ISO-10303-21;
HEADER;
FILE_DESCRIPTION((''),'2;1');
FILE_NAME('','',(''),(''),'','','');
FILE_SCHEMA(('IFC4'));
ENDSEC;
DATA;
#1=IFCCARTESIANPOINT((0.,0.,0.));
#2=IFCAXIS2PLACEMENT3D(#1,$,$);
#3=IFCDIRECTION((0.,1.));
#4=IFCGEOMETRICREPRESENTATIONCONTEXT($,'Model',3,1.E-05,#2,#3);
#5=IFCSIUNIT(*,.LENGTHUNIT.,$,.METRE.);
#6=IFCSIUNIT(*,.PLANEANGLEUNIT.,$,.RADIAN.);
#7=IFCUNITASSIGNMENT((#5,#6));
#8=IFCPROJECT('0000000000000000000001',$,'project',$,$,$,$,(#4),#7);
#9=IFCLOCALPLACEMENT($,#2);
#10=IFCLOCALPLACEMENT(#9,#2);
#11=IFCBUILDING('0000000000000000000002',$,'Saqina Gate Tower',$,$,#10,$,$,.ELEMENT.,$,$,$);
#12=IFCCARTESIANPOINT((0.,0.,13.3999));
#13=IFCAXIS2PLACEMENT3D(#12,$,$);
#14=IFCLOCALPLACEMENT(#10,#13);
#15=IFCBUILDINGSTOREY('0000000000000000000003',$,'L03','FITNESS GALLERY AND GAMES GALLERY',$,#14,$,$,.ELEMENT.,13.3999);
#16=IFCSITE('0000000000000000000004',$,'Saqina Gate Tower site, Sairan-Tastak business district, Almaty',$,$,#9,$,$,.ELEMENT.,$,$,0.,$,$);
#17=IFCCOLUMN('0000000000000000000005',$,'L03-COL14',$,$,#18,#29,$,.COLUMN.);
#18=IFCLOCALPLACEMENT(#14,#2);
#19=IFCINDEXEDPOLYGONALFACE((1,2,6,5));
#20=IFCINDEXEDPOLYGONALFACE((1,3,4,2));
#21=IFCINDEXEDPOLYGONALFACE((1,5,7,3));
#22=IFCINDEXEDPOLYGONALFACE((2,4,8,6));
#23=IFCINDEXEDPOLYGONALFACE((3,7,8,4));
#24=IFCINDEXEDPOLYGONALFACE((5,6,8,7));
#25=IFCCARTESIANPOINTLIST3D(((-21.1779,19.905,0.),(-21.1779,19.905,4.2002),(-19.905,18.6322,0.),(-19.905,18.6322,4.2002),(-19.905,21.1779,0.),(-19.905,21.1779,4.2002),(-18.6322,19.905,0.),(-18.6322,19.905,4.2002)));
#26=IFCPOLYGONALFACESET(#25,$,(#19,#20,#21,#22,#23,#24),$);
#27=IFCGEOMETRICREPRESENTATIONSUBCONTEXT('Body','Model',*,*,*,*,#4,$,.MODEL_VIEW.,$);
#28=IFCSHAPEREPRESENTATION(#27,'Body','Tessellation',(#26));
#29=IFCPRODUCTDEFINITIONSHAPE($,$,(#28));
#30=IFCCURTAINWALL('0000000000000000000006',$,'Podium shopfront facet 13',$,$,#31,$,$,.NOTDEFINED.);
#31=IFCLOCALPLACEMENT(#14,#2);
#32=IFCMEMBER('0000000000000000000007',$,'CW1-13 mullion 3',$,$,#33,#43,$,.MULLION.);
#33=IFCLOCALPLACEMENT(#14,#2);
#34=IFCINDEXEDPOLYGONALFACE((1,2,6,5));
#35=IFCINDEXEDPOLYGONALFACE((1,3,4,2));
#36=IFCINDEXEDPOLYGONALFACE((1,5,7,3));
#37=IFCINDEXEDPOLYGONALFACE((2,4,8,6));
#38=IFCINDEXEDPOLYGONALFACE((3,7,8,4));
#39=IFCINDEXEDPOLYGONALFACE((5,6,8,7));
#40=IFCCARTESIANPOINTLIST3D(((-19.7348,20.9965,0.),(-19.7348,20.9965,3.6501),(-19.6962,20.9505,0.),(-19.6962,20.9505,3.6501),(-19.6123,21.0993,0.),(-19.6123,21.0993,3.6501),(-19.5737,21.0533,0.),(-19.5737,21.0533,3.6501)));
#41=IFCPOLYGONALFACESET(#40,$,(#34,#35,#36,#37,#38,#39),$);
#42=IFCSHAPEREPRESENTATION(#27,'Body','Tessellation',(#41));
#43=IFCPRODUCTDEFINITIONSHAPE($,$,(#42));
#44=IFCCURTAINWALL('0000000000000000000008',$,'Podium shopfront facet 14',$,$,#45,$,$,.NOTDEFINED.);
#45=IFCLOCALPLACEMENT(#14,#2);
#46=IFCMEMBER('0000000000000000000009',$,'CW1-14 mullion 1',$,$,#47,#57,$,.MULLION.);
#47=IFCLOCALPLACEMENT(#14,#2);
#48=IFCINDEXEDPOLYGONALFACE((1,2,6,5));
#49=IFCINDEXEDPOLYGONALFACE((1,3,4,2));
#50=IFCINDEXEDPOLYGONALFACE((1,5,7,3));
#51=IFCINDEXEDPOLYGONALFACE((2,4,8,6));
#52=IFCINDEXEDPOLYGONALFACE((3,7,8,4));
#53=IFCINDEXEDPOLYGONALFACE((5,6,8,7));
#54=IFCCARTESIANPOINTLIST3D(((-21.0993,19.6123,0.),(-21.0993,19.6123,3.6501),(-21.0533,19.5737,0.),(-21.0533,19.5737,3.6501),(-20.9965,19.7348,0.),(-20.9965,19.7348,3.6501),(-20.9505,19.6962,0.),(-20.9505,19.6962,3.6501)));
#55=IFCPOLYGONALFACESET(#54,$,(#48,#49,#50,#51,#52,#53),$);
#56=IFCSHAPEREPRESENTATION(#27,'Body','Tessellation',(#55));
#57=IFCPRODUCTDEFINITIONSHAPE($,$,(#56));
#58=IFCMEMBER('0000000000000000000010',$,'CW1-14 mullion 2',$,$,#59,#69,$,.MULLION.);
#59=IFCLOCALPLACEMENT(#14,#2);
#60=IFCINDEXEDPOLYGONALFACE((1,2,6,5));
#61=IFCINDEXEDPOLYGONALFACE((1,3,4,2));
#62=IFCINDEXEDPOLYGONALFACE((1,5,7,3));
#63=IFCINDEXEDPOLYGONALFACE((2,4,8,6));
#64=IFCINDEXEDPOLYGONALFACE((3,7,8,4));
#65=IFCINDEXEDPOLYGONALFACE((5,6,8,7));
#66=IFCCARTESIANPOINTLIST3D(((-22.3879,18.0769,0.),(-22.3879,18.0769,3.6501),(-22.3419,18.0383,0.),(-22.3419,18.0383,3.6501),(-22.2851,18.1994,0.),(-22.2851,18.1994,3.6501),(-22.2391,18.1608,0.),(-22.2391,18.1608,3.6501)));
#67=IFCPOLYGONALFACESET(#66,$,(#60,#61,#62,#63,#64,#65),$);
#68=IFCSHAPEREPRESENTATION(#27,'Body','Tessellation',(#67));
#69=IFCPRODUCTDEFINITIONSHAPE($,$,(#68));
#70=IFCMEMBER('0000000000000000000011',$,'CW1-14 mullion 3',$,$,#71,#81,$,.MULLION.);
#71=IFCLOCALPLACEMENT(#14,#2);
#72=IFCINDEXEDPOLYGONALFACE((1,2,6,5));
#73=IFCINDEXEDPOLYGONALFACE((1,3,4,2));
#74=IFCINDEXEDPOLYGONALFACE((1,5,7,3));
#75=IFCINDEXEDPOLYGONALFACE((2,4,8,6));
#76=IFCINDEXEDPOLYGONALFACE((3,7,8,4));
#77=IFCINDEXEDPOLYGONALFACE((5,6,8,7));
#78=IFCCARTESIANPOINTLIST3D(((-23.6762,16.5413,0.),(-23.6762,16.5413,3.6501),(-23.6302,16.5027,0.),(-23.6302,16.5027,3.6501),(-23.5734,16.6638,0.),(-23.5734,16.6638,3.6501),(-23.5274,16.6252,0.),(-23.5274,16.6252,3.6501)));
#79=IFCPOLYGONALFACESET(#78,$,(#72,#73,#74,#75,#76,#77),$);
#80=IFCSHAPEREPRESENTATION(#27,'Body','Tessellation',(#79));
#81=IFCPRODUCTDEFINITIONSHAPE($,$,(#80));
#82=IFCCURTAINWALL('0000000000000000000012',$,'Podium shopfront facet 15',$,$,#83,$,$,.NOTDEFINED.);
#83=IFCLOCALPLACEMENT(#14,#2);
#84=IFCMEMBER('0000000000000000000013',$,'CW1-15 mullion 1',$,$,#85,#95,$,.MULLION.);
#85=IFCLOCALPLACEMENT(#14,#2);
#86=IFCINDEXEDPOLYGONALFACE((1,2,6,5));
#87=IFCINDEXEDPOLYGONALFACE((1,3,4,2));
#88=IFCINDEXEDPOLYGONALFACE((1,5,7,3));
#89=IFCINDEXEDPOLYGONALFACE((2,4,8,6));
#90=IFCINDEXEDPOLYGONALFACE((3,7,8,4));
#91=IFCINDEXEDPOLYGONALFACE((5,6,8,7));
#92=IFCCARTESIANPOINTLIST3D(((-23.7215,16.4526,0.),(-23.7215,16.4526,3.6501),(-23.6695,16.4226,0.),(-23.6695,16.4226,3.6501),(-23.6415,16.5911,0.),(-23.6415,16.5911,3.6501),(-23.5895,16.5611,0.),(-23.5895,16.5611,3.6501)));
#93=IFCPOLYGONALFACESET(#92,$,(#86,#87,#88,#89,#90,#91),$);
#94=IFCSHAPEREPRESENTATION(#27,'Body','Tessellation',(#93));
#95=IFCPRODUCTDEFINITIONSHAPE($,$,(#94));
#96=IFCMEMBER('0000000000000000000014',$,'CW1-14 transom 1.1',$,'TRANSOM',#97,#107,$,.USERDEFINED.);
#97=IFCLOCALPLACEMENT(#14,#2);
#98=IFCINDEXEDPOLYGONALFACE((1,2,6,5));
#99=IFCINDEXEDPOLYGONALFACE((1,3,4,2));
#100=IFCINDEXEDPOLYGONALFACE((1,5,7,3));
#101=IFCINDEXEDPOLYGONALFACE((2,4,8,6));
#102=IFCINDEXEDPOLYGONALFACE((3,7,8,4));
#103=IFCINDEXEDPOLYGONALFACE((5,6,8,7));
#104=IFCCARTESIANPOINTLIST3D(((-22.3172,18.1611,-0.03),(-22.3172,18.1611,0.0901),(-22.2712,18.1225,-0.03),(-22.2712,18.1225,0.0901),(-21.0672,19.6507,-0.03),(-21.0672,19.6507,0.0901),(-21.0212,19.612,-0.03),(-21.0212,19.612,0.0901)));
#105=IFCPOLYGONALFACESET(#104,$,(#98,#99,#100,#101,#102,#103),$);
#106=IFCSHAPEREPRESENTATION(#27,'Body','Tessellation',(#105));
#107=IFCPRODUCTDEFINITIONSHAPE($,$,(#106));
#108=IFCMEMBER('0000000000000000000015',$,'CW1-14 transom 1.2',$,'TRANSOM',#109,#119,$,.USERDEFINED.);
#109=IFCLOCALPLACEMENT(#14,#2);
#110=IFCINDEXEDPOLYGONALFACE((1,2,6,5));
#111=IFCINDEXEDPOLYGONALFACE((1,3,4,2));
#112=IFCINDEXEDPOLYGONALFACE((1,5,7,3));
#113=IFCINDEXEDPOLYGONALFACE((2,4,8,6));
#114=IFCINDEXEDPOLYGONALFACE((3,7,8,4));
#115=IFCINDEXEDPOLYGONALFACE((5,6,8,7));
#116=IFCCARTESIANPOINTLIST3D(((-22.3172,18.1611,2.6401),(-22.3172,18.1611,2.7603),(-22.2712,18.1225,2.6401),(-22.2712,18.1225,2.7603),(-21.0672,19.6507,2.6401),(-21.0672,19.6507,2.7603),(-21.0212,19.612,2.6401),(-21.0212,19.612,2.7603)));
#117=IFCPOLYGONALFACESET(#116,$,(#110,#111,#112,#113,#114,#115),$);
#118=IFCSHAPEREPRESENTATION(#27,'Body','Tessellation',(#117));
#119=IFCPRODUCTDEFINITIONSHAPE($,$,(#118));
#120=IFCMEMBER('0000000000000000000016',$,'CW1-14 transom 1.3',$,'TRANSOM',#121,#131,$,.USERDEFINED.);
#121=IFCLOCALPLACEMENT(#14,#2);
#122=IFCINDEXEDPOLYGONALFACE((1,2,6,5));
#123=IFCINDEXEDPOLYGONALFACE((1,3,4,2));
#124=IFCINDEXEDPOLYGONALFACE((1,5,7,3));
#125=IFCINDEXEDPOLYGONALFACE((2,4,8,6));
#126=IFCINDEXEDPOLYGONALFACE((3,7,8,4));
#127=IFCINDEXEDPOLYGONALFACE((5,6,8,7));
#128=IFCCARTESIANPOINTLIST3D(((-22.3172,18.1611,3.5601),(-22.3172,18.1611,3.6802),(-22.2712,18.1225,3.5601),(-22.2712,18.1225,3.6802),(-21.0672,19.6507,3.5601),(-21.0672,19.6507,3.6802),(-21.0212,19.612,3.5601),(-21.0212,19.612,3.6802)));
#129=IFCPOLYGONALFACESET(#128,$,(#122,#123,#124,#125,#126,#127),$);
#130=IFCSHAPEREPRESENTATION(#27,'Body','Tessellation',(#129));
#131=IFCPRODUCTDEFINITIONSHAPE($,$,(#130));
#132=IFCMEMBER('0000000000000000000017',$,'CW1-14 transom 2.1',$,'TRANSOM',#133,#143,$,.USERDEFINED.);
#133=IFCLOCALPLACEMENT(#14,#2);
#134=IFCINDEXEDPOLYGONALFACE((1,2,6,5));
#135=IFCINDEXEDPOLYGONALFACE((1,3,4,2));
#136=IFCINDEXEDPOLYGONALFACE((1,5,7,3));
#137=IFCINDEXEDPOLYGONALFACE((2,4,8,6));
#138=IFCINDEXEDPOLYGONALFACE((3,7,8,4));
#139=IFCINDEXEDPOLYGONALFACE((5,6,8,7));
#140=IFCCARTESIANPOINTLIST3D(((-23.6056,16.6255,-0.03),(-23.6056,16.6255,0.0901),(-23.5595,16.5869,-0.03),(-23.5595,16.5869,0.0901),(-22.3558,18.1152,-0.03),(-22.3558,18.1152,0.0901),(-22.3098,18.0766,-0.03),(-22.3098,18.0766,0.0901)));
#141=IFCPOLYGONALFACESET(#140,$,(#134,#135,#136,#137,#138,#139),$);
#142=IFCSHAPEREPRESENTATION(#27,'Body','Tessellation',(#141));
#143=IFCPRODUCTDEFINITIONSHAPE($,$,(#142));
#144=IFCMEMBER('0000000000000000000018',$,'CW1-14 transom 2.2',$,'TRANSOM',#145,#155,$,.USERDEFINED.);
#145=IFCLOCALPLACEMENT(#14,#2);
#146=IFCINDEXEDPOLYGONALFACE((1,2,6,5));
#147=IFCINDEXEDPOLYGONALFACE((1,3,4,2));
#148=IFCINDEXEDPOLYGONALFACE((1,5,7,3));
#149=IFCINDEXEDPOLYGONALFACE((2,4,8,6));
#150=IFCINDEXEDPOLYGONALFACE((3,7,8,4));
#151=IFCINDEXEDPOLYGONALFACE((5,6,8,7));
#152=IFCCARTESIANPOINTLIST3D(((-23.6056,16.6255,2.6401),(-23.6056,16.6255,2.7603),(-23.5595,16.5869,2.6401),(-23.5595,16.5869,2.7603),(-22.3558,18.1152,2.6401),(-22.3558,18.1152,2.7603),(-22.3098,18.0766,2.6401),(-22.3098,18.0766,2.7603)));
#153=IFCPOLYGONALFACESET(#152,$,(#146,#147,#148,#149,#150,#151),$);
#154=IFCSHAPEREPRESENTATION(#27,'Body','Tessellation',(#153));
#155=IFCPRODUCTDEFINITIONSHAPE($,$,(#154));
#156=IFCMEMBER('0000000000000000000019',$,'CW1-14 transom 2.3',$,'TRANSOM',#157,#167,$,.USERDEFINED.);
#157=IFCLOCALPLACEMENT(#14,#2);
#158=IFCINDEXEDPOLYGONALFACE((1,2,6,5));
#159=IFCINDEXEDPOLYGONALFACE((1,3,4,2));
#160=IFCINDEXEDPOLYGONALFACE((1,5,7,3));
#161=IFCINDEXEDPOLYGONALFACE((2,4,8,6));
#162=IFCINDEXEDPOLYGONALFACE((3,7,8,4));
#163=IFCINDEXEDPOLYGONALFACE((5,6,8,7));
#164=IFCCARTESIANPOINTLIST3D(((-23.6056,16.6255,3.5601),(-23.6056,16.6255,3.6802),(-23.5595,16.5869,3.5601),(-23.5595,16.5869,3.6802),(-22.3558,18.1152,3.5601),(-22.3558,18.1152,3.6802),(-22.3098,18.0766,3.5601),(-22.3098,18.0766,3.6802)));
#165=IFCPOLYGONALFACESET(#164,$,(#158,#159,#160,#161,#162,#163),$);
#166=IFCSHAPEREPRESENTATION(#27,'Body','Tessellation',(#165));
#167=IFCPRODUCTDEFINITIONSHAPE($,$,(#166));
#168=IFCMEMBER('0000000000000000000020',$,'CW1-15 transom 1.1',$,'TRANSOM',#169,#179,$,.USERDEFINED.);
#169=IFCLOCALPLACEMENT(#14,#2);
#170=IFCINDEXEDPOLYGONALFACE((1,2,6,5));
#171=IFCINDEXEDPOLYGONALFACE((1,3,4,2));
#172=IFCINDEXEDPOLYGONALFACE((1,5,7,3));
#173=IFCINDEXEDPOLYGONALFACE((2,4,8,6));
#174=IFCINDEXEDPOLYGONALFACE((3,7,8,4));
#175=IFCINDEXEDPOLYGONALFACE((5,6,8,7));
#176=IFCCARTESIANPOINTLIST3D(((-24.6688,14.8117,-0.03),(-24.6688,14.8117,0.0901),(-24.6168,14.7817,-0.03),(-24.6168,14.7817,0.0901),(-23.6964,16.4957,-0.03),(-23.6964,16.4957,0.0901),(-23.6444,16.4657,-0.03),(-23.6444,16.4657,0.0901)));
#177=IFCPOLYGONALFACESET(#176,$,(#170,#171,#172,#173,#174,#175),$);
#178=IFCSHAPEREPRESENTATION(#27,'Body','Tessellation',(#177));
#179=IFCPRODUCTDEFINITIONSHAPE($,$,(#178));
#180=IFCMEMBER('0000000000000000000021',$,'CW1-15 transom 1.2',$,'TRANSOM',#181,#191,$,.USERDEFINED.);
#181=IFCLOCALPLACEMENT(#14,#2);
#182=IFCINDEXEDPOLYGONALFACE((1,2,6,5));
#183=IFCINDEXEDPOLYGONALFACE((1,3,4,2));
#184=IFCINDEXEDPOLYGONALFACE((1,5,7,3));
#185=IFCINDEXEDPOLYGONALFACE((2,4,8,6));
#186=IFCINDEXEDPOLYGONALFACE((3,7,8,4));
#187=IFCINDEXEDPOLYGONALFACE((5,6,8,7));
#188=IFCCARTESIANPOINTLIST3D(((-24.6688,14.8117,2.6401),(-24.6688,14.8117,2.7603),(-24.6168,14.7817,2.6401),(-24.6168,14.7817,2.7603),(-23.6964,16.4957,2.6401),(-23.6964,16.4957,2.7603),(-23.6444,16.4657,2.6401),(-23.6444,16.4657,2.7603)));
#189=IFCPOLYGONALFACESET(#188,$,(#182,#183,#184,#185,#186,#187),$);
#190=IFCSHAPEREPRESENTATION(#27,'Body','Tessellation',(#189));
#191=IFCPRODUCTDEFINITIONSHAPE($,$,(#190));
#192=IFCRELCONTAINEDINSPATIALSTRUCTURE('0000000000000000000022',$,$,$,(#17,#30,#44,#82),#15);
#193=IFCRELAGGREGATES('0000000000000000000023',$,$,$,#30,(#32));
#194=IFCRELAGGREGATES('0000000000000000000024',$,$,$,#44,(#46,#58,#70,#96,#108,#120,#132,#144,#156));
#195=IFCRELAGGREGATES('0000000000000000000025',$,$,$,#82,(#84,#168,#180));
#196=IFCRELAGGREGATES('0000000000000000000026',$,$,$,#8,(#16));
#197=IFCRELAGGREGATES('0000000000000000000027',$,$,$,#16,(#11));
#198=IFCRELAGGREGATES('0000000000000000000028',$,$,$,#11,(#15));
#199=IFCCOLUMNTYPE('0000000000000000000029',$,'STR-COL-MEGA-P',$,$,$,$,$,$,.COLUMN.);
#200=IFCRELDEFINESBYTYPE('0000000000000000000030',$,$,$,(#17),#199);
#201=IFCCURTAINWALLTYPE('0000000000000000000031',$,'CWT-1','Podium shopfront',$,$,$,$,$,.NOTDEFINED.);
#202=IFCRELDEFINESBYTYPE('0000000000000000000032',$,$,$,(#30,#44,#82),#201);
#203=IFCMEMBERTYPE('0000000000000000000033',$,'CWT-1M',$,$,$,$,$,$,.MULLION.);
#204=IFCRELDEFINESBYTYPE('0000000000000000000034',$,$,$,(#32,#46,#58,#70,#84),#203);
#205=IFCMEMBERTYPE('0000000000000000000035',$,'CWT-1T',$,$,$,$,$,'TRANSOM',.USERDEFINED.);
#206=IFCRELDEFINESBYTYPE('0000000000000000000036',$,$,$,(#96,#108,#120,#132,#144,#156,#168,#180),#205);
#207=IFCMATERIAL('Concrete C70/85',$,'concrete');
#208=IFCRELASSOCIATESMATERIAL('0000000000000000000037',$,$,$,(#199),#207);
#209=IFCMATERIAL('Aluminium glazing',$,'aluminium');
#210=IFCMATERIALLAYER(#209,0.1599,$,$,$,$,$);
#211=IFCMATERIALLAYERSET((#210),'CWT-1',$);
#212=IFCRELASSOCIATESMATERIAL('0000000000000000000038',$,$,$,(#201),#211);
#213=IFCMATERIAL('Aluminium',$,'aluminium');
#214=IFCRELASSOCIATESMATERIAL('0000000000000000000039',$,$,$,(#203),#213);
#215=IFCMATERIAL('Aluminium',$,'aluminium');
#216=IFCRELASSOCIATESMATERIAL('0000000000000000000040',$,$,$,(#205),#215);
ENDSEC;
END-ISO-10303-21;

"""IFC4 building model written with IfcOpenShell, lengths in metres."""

from ifc_helpers import new_model, si_unit, direction, frame, origin, origin_2d, place, context, subcontext, project, spatial, rectangle, extrude, material, layer, layer_set, material_profile, profile_set, type_object, element, aggregate, save


model = new_model("IFC4")

# Units and contexts
model_context = context("Model", 3, precision=1e-05, world=origin(), true_north=direction((0.0, 1.0)))
body_context = subcontext(model_context, "Body", "Model", "MODEL_VIEW")
ifc_project = project(units=[si_unit("LENGTHUNIT", "METRE"), si_unit("PLANEANGLEUNIT", "RADIAN")], contexts=[model_context])

# Site, building, storey
site_placement = place(None, origin())
site = spatial("IfcSite", under=ifc_project, at=site_placement, Name="Saqina Gate Tower site, Sairan-Tastak business district, Almaty", CompositionType="ELEMENT", RefElevation=0.0)
building_placement = place(site_placement, origin())
building = spatial("IfcBuilding", under=site, at=building_placement, Name="Saqina Gate Tower", CompositionType="ELEMENT")
storey_placement = place(building_placement, frame((0.0, 0.0, 13.3999)))
storey = spatial("IfcBuildingStorey", under=building, at=storey_placement, Name="L03", Description="FITNESS GALLERY AND GAMES GALLERY", CompositionType="ELEMENT", Elevation=13.3999)

# Column
ifc_material_1 = material(Name="Concrete C70/85", Category="concrete")
ifc_material_profile_1 = material_profile(ifc_material_1, rectangle(XDim=1.8, YDim=1.8, at=origin_2d()), Name="RC 1800x1800")
ifc_profile_set_1 = profile_set([ifc_material_profile_1], Name="Concrete C70/85")
column_type = type_object("IfcColumnType", Name="STR-COL-MEGA-P", PredefinedType="COLUMN", material=ifc_profile_set_1)
column_placement = place(storey_placement, frame((-19.905, 19.905, 0.0), z_axis=(0.0, 0.0, 1.0), x_axis=(-0.707107, 0.707107, 0.0)))
element("IfcColumn", 1, at=column_placement, inside=storey, type_object=column_type, Name="L03-COL14", PredefinedType="COLUMN", context=body_context, shape_type="SweptSolid", body=[
    extrude(rectangle(XDim=1.8, YDim=1.8, at=origin_2d()), origin(), (0.0, 0.0, 1.0), 4.2002),
])

# Curtain wall, member
ifc_material_2 = material(Name="Aluminium glazing", Category="aluminium")
ifc_layer_1 = layer(ifc_material_2, 0.1599)
ifc_layer_set_1 = layer_set([ifc_layer_1], Name="CWT-1")
curtain_wall_type = type_object("IfcCurtainWallType", Name="CWT-1", Description="Podium shopfront", PredefinedType="NOTDEFINED", material=ifc_layer_set_1)
curtain_wall_1_placement = place(storey_placement, origin())
curtain_wall_1 = element("IfcCurtainWall", 2, at=curtain_wall_1_placement, inside=storey, type_object=curtain_wall_type, Name="Podium shopfront facet 13", PredefinedType="NOTDEFINED")
ifc_material_3 = material(Name="Aluminium", Category="aluminium")
ifc_material_profile_2 = material_profile(ifc_material_3, rectangle(XDim=0.0601, YDim=0.1599, at=origin_2d()), Name="Aluminium 60x160")
ifc_profile_set_2 = profile_set([ifc_material_profile_2], Name="Aluminium")
member_type_1 = type_object("IfcMemberType", Name="CWT-1M", PredefinedType="MULLION", material=ifc_profile_set_2)
member_1_placement = place(storey_placement, frame((-19.6543, 21.0249, 0.0), z_axis=(0.0, 0.0, 1.0), x_axis=(0.642779, -0.766051, 0.0)))
member_1 = element("IfcMember", 3, at=member_1_placement, type_object=member_type_1, Name="CW1-13 mullion 3", PredefinedType="MULLION", context=body_context, shape_type="SweptSolid", body=[
    extrude(rectangle(XDim=0.0601, YDim=0.1599, at=origin_2d()), origin(), (0.0, 0.0, 1.0), 3.6501),
])

# Curtain wall, members
curtain_wall_2_placement = place(storey_placement, origin())
curtain_wall_2 = element("IfcCurtainWall", 4, at=curtain_wall_2_placement, inside=storey, type_object=curtain_wall_type, Name="Podium shopfront facet 14", PredefinedType="NOTDEFINED")
member_2_placement = place(storey_placement, frame((-21.0249, 19.6543, 0.0), z_axis=(0.0, 0.0, 1.0), x_axis=(0.766051, -0.642779, 0.0)))
member_2 = element("IfcMember", 5, at=member_2_placement, type_object=member_type_1, Name="CW1-14 mullion 1", PredefinedType="MULLION", context=body_context, shape_type="SweptSolid", body=[
    extrude(rectangle(XDim=0.0601, YDim=0.1599, at=origin_2d()), origin(), (0.0, 0.0, 1.0), 3.6501),
])
member_3_placement = place(storey_placement, frame((-22.3135, 18.1189, 0.0), z_axis=(0.0, 0.0, 1.0), x_axis=(0.766051, -0.642779, 0.0)))
member_3 = element("IfcMember", 6, at=member_3_placement, type_object=member_type_1, Name="CW1-14 mullion 2", PredefinedType="MULLION", context=body_context, shape_type="SweptSolid", body=[
    extrude(rectangle(XDim=0.0601, YDim=0.1599, at=origin_2d()), origin(), (0.0, 0.0, 1.0), 3.6501),
])
member_4_placement = place(storey_placement, frame((-23.6018, 16.5833, 0.0), z_axis=(0.0, 0.0, 1.0), x_axis=(0.766051, -0.642779, 0.0)))
member_4 = element("IfcMember", 7, at=member_4_placement, type_object=member_type_1, Name="CW1-14 mullion 3", PredefinedType="MULLION", context=body_context, shape_type="SweptSolid", body=[
    extrude(rectangle(XDim=0.0601, YDim=0.1599, at=origin_2d()), origin(), (0.0, 0.0, 1.0), 3.6501),
])

# Curtain wall, member
curtain_wall_3_placement = place(storey_placement, origin())
curtain_wall_3 = element("IfcCurtainWall", 8, at=curtain_wall_3_placement, inside=storey, type_object=curtain_wall_type, Name="Podium shopfront facet 15", PredefinedType="NOTDEFINED")
member_5_placement = place(storey_placement, frame((-23.6555, 16.5068, 0.0), z_axis=(0.0, 0.0, 1.0), x_axis=(0.866017, -0.500014, 0.0)))
member_5 = element("IfcMember", 9, at=member_5_placement, type_object=member_type_1, Name="CW1-15 mullion 1", PredefinedType="MULLION", context=body_context, shape_type="SweptSolid", body=[
    extrude(rectangle(XDim=0.0601, YDim=0.1599, at=origin_2d()), origin(), (0.0, 0.0, 1.0), 3.6501),
])

# Members
ifc_material_4 = material(Name="Aluminium", Category="aluminium")
ifc_material_profile_3 = material_profile(ifc_material_4, rectangle(XDim=0.0601, YDim=0.1201, at=origin_2d()), Name="Aluminium 60x120")
ifc_profile_set_3 = profile_set([ifc_material_profile_3], Name="Aluminium")
member_type_2 = type_object("IfcMemberType", Name="CWT-1T", ElementType="TRANSOM", PredefinedType="USERDEFINED", material=ifc_profile_set_3)
member_6_placement = place(storey_placement, frame((-21.0442, 19.6313, 0.03), z_axis=(-0.642836, -0.766004, 0.0), x_axis=(0.766004, -0.642836, 0.0)))
member_6 = element("IfcMember", 10, at=member_6_placement, type_object=member_type_2, Name="CW1-14 transom 1.1", ObjectType="TRANSOM", PredefinedType="USERDEFINED", context=body_context, shape_type="SweptSolid", body=[
    extrude(rectangle(XDim=0.0601, YDim=0.1201, at=origin_2d()), origin(), (0.0, 0.0, 1.0), 1.9446),
])
member_7_placement = place(storey_placement, frame((-21.0442, 19.6313, 2.7002), z_axis=(-0.642836, -0.766004, 0.0), x_axis=(0.766004, -0.642836, 0.0)))
member_7 = element("IfcMember", 11, at=member_7_placement, type_object=member_type_2, Name="CW1-14 transom 1.2", ObjectType="TRANSOM", PredefinedType="USERDEFINED", context=body_context, shape_type="SweptSolid", body=[
    extrude(rectangle(XDim=0.0601, YDim=0.1201, at=origin_2d()), origin(), (0.0, 0.0, 1.0), 1.9446),
])
member_8_placement = place(storey_placement, frame((-21.0442, 19.6313, 3.6201), z_axis=(-0.642836, -0.766004, 0.0), x_axis=(0.766004, -0.642836, 0.0)))
member_8 = element("IfcMember", 12, at=member_8_placement, type_object=member_type_2, Name="CW1-14 transom 1.3", ObjectType="TRANSOM", PredefinedType="USERDEFINED", context=body_context, shape_type="SweptSolid", body=[
    extrude(rectangle(XDim=0.0601, YDim=0.1201, at=origin_2d()), origin(), (0.0, 0.0, 1.0), 1.9446),
])
member_9_placement = place(storey_placement, frame((-22.3328, 18.0959, 0.03), z_axis=(-0.6427, -0.766118, 0.0), x_axis=(0.766118, -0.6427, 0.0)))
member_9 = element("IfcMember", 13, at=member_9_placement, type_object=member_type_2, Name="CW1-14 transom 2.1", ObjectType="TRANSOM", PredefinedType="USERDEFINED", context=body_context, shape_type="SweptSolid", body=[
    extrude(rectangle(XDim=0.0601, YDim=0.1201, at=origin_2d()), origin(), (0.0, 0.0, 1.0), 1.9446),
])
member_10_placement = place(storey_placement, frame((-22.3328, 18.0959, 2.7002), z_axis=(-0.6427, -0.766118, 0.0), x_axis=(0.766118, -0.6427, 0.0)))
member_10 = element("IfcMember", 14, at=member_10_placement, type_object=member_type_2, Name="CW1-14 transom 2.2", ObjectType="TRANSOM", PredefinedType="USERDEFINED", context=body_context, shape_type="SweptSolid", body=[
    extrude(rectangle(XDim=0.0601, YDim=0.1201, at=origin_2d()), origin(), (0.0, 0.0, 1.0), 1.9446),
])
member_11_placement = place(storey_placement, frame((-22.3328, 18.0959, 3.6201), z_axis=(-0.6427, -0.766118, 0.0), x_axis=(0.766118, -0.6427, 0.0)))
member_11 = element("IfcMember", 15, at=member_11_placement, type_object=member_type_2, Name="CW1-14 transom 2.3", ObjectType="TRANSOM", PredefinedType="USERDEFINED", context=body_context, shape_type="SweptSolid", body=[
    extrude(rectangle(XDim=0.0601, YDim=0.1201, at=origin_2d()), origin(), (0.0, 0.0, 1.0), 1.9446),
])
member_12_placement = place(storey_placement, frame((-23.6704, 16.4807, 0.03), z_axis=(-0.500041, -0.866002, 0.0), x_axis=(0.866002, -0.500041, 0.0)))
member_12 = element("IfcMember", 16, at=member_12_placement, type_object=member_type_2, Name="CW1-15 transom 1.1", ObjectType="TRANSOM", PredefinedType="USERDEFINED", context=body_context, shape_type="SweptSolid", body=[
    extrude(rectangle(XDim=0.0601, YDim=0.1201, at=origin_2d()), origin(), (0.0, 0.0, 1.0), 1.9446),
])
member_13_placement = place(storey_placement, frame((-23.6704, 16.4807, 2.7002), z_axis=(-0.500041, -0.866002, 0.0), x_axis=(0.866002, -0.500041, 0.0)))
member_13 = element("IfcMember", 17, at=member_13_placement, type_object=member_type_2, Name="CW1-15 transom 1.2", ObjectType="TRANSOM", PredefinedType="USERDEFINED", context=body_context, shape_type="SweptSolid", body=[
    extrude(rectangle(XDim=0.0601, YDim=0.1201, at=origin_2d()), origin(), (0.0, 0.0, 1.0), 1.9446),
])

aggregate(curtain_wall_1, [member_1])
aggregate(curtain_wall_2, [member_2, member_3, member_4, member_6, member_7, member_8, member_9, member_10, member_11])
aggregate(curtain_wall_3, [member_5, member_12, member_13])

save(model, "model.ifc")
